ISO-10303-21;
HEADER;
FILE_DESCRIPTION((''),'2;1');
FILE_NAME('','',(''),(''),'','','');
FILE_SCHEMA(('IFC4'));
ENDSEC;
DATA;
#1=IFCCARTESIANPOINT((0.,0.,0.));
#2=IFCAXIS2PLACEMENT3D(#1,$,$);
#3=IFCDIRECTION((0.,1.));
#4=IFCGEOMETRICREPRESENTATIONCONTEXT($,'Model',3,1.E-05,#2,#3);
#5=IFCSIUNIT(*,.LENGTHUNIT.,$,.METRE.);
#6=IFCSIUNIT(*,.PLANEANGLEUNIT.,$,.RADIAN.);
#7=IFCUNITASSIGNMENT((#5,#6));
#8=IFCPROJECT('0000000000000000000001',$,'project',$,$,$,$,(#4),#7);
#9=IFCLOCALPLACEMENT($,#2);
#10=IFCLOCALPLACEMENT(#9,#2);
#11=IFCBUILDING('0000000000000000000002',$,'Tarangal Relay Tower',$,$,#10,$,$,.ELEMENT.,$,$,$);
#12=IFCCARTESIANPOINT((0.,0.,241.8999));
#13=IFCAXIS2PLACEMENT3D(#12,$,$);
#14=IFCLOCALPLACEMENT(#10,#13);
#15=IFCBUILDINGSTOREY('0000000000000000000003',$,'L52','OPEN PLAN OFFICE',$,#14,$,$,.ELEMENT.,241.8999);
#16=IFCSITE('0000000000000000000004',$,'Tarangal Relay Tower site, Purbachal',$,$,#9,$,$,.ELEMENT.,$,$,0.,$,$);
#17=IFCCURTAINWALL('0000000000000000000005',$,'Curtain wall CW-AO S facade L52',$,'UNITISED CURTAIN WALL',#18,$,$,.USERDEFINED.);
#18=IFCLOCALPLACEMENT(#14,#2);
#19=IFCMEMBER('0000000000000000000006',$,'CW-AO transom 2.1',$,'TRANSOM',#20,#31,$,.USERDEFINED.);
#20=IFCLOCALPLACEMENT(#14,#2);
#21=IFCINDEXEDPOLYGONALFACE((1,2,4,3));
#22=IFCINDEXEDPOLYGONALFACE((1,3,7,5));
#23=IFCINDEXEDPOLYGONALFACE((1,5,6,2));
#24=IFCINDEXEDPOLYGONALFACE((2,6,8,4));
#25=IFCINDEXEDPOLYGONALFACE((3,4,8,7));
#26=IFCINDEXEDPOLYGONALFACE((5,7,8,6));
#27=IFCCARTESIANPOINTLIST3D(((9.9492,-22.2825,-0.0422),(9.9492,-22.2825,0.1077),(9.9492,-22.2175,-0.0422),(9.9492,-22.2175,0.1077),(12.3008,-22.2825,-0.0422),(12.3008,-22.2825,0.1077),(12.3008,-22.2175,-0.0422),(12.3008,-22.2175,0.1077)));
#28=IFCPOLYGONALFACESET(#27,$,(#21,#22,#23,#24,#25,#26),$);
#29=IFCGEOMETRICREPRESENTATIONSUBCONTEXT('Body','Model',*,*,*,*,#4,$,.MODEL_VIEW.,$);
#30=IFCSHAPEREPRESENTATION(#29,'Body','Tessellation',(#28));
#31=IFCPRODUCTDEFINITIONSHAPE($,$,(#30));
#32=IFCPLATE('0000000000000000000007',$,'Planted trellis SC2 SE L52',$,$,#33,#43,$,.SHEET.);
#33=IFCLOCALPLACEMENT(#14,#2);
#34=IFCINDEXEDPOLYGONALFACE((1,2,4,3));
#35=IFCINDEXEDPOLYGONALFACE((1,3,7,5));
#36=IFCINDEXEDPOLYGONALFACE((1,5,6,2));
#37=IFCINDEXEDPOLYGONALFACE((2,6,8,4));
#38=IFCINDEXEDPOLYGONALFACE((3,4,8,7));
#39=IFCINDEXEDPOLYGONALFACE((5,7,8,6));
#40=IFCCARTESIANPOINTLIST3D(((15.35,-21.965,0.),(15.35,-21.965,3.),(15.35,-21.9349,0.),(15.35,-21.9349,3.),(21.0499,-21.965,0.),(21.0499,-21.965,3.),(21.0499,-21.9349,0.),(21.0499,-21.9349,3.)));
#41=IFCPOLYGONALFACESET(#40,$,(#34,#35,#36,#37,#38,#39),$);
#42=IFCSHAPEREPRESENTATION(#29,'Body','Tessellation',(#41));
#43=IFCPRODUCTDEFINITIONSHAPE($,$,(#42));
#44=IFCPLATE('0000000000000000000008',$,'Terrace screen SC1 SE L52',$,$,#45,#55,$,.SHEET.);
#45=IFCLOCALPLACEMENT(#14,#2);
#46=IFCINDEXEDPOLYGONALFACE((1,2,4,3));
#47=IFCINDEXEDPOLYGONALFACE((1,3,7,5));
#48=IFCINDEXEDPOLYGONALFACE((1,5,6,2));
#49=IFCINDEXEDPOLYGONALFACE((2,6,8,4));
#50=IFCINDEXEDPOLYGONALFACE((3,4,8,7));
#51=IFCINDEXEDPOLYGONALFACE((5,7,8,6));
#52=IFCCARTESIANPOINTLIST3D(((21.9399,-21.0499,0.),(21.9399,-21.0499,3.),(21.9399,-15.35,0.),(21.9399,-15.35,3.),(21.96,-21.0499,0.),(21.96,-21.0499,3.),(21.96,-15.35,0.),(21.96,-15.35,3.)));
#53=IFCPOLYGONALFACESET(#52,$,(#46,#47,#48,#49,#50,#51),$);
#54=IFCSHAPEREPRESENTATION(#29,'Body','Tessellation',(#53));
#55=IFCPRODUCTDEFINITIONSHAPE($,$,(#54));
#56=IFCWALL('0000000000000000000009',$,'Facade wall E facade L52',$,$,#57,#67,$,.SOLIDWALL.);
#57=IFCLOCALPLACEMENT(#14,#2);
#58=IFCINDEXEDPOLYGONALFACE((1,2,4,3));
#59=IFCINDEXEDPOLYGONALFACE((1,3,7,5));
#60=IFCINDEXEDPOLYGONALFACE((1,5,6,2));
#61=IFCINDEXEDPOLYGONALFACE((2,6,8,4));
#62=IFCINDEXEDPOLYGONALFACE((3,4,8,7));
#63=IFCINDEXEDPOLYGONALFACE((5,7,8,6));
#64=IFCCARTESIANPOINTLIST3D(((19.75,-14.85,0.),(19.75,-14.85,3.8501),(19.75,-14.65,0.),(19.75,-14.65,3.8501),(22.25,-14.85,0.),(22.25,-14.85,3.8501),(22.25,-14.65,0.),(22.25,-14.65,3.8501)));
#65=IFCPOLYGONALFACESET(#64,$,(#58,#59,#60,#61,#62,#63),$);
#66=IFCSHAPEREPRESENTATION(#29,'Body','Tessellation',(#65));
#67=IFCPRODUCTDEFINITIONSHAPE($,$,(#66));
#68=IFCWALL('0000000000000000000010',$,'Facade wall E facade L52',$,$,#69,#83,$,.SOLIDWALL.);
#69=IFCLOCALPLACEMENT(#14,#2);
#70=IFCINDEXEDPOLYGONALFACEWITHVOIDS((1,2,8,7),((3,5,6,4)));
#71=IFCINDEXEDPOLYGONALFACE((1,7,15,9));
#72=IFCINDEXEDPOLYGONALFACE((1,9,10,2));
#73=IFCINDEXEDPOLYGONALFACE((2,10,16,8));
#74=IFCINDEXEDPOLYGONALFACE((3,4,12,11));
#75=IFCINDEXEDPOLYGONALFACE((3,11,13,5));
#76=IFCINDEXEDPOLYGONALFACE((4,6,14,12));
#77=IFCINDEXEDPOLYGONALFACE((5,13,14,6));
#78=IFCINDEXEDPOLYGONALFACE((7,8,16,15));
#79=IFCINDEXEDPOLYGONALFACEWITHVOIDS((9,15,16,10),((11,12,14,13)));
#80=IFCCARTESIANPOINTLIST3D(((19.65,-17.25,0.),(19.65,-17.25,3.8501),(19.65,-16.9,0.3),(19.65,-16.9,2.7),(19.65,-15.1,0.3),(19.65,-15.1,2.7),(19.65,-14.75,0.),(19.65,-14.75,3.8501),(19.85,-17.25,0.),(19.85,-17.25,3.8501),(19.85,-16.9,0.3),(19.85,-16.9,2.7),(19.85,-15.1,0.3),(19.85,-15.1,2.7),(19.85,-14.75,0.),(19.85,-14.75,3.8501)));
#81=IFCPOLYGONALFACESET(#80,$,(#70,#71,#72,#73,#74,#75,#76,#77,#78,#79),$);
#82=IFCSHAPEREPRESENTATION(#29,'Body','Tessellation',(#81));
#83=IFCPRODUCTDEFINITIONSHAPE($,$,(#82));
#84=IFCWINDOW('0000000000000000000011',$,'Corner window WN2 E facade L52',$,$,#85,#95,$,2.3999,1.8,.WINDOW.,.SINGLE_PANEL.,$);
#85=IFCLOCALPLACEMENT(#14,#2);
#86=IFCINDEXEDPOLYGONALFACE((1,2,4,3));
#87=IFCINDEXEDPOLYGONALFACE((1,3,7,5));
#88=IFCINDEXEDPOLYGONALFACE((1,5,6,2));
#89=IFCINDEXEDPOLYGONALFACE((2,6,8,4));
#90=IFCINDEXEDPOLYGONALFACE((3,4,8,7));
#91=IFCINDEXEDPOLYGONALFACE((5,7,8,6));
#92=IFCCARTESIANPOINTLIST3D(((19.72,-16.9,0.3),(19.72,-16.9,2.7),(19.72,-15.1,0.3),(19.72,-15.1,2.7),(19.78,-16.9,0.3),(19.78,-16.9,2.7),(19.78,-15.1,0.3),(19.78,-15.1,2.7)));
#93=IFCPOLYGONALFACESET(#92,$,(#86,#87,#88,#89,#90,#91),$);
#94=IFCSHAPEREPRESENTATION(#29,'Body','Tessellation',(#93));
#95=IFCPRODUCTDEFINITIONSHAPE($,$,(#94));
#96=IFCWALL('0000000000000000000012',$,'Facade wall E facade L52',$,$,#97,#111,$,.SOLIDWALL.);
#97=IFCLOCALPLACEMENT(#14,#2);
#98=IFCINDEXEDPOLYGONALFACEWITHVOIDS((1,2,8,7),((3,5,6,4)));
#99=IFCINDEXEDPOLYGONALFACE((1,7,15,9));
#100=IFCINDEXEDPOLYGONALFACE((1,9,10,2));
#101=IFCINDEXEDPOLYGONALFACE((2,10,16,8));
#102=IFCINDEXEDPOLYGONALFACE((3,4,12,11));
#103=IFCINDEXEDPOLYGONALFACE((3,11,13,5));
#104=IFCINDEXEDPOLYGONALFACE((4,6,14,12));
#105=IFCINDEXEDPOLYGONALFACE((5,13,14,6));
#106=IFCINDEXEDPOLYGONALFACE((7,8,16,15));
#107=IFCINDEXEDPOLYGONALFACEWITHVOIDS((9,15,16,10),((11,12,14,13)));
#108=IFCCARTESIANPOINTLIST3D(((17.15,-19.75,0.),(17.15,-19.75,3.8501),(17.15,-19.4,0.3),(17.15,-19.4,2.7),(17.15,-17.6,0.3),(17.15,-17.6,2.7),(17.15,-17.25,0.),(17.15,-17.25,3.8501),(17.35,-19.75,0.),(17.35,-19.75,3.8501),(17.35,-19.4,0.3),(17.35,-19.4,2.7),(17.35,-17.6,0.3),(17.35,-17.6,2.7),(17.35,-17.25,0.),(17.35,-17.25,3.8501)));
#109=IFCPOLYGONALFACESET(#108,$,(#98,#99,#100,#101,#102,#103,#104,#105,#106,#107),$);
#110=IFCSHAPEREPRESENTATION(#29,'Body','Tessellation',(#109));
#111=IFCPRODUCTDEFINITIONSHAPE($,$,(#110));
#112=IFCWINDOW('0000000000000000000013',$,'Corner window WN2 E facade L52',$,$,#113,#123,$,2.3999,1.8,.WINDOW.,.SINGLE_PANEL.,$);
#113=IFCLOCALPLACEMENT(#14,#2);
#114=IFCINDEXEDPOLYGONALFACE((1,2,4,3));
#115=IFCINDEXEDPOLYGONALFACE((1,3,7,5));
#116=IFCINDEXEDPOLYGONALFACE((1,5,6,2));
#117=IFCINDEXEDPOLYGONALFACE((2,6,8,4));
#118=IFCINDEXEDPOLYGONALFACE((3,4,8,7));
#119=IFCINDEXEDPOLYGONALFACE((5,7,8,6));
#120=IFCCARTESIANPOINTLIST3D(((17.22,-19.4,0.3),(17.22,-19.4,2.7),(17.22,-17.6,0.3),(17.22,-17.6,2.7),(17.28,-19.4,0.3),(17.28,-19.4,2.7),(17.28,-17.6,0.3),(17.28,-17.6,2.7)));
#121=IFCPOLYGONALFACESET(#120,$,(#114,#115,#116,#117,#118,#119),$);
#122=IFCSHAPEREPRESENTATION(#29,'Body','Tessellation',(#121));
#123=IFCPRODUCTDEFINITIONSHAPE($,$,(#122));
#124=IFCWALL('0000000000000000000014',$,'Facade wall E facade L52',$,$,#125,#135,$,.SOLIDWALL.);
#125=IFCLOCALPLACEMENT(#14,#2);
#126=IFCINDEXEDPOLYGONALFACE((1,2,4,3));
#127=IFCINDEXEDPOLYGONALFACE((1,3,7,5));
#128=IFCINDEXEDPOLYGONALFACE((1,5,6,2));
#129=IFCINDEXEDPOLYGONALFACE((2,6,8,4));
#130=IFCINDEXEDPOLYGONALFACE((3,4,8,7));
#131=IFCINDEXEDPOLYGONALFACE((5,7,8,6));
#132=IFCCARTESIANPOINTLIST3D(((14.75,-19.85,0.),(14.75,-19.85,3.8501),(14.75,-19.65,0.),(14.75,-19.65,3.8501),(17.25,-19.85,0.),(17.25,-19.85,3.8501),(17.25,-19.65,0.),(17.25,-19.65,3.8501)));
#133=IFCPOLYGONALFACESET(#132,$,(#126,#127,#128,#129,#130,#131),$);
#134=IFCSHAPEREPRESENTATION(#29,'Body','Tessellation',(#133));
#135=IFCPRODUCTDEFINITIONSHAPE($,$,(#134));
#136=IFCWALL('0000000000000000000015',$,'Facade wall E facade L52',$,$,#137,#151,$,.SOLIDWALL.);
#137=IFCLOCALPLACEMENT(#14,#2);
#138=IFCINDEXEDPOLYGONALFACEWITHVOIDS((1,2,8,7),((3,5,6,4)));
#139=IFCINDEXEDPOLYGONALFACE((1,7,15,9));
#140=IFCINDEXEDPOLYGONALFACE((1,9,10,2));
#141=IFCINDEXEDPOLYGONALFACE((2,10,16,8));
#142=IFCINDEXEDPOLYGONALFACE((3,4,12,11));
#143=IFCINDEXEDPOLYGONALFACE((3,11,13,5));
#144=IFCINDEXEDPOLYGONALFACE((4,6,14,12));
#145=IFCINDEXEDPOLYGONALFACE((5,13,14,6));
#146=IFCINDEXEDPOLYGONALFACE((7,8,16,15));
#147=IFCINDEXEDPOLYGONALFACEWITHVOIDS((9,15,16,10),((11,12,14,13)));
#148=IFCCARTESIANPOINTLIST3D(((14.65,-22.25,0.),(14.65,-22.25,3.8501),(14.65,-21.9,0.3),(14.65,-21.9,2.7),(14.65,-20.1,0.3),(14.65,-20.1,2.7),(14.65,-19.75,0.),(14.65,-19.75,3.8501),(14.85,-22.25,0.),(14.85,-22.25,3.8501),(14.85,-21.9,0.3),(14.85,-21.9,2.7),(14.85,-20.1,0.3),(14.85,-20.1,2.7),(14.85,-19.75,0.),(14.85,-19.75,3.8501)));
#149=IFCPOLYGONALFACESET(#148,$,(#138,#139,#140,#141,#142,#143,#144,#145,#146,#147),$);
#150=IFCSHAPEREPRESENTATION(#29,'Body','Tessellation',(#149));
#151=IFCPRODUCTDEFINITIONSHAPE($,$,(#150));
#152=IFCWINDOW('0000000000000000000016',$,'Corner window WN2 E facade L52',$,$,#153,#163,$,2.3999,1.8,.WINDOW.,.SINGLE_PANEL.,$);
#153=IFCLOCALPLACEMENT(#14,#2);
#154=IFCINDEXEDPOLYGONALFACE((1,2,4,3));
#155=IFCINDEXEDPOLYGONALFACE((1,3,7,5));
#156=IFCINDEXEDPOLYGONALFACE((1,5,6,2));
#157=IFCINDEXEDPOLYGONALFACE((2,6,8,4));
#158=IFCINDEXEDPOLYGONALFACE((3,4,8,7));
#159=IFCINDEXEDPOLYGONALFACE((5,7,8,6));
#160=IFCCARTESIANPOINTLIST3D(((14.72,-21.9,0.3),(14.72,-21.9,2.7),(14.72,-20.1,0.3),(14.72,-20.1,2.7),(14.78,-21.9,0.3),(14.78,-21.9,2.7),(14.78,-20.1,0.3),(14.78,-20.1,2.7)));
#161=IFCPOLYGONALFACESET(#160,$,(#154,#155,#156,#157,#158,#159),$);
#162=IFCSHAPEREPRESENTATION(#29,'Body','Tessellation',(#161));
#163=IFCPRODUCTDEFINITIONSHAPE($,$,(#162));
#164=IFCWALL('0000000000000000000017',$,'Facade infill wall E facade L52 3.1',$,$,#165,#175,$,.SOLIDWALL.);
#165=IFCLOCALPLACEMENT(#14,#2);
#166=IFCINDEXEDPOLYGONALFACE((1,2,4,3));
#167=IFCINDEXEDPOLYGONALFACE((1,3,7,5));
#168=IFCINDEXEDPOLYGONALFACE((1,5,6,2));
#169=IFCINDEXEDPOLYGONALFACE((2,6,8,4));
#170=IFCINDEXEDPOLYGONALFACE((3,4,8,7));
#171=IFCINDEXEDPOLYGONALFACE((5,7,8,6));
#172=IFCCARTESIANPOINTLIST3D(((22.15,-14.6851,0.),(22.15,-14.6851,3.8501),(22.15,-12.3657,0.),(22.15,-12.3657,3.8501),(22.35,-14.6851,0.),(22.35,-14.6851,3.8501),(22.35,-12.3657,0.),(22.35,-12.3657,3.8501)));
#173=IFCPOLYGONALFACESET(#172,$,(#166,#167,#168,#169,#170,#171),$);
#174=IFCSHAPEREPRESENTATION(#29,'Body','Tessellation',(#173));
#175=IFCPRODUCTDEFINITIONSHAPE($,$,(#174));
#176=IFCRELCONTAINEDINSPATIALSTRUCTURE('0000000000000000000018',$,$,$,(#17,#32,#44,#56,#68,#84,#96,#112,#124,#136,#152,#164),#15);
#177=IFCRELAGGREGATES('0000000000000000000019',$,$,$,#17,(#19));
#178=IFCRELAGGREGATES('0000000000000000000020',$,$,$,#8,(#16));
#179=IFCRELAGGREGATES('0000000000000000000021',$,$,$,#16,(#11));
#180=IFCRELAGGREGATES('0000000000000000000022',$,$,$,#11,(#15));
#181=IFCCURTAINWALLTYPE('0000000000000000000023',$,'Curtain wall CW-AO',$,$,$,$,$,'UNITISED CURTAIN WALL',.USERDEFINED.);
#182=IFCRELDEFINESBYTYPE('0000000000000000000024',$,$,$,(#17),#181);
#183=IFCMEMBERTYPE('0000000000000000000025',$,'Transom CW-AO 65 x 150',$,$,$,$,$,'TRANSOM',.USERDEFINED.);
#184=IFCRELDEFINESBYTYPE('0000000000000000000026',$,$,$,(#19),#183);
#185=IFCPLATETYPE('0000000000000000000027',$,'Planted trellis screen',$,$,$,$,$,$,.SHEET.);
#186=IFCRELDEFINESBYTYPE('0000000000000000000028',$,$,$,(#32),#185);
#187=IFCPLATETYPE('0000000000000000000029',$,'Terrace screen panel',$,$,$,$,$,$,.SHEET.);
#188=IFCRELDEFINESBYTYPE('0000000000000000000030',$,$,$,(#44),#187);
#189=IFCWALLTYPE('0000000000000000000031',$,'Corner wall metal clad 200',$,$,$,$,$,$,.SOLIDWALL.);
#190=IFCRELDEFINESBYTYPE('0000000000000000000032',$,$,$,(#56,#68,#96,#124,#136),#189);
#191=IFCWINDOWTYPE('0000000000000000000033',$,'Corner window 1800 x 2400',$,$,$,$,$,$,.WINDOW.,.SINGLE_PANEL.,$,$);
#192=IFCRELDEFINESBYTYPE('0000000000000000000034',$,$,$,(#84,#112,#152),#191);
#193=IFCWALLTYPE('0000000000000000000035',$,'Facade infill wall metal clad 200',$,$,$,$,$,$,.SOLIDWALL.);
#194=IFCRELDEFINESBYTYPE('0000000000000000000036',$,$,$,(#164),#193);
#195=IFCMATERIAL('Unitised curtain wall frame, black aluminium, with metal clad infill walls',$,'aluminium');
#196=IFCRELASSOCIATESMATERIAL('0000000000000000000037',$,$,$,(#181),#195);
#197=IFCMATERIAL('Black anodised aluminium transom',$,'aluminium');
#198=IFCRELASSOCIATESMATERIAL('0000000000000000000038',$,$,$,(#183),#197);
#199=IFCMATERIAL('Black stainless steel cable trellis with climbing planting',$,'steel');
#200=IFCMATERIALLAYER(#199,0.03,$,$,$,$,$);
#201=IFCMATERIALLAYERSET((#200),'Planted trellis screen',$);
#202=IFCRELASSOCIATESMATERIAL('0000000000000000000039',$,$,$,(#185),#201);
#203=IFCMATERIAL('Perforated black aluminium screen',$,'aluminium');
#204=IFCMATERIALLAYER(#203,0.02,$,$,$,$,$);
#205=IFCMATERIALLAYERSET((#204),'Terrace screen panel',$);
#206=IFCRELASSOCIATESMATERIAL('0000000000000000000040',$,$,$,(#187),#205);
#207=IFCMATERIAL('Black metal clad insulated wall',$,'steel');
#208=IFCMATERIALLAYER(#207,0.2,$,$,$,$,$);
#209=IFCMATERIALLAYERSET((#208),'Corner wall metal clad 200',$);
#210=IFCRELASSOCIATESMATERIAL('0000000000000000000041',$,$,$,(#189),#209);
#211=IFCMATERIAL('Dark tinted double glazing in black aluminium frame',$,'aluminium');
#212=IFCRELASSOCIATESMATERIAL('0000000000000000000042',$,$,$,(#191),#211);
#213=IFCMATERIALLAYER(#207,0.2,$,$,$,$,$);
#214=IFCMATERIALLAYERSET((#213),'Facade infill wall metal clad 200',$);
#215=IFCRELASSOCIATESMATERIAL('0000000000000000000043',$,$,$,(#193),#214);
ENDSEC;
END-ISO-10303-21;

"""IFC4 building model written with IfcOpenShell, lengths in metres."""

from ifc_helpers import new_model, si_unit, direction, frame, frame_2d, origin, origin_2d, place, context, subcontext, project, spatial, rectangle, extrude, material, layer, layer_set, material_profile, profile_set, type_object, element, fill, aggregate, save


model = new_model("IFC4")

# Units and contexts
model_context = context("Model", 3, precision=1e-05, world=origin(), true_north=direction((0.0, 1.0)))
body_context = subcontext(model_context, "Body", "Model", "MODEL_VIEW")
ifc_project = project(units=[si_unit("LENGTHUNIT", "METRE"), si_unit("PLANEANGLEUNIT", "RADIAN")], contexts=[model_context])

# Site, building, storey
site_placement = place(None, origin())
site = spatial("IfcSite", under=ifc_project, at=site_placement, Name="Tarangal Relay Tower site, Purbachal", CompositionType="ELEMENT", RefElevation=0.0)
building_placement = place(site_placement, origin())
building = spatial("IfcBuilding", under=site, at=building_placement, Name="Tarangal Relay Tower", CompositionType="ELEMENT")
storey_placement = place(building_placement, frame((0.0, 0.0, 241.8999)))
storey = spatial("IfcBuildingStorey", under=building, at=storey_placement, Name="L52", Description="OPEN PLAN OFFICE", CompositionType="ELEMENT", Elevation=241.8999)

# Curtain wall
ifc_material_1 = material(Name="Unitised curtain wall frame, black aluminium, with metal clad infill walls", Category="aluminium")
curtain_wall_type = type_object("IfcCurtainWallType", Name="Curtain wall CW-AO", ElementType="UNITISED CURTAIN WALL", PredefinedType="USERDEFINED", material=ifc_material_1)
curtain_wall_1_placement = place(storey_placement, origin())
curtain_wall_1 = element("IfcCurtainWall", 1, at=curtain_wall_1_placement, inside=storey, type_object=curtain_wall_type, Name="Curtain wall CW-AO S facade L52", ObjectType="UNITISED CURTAIN WALL", PredefinedType="USERDEFINED")

# Member
ifc_material_2 = material(Name="Black anodised aluminium transom", Category="aluminium")
ifc_material_profile_1 = material_profile(ifc_material_2, rectangle(XDim=0.0649, YDim=0.1499, at=origin_2d()), Name="CW-AOT 65X150")
ifc_profile_set_1 = profile_set([ifc_material_profile_1], Name="Black anodised aluminium transom")
member_type_1 = type_object("IfcMemberType", Name="Transom CW-AO 65 x 150", ElementType="TRANSOM", PredefinedType="USERDEFINED", material=ifc_profile_set_1)
member_1_placement = place(storey_placement, frame((12.3008, -22.25, 0.0327), z_axis=(-1.0, 0.0, 0.0), x_axis=(0.0, -1.0, 0.0)))
member_1 = element("IfcMember", 2, at=member_1_placement, type_object=member_type_1, Name="CW-AO transom 2.1", ObjectType="TRANSOM", PredefinedType="USERDEFINED", context=body_context, shape_type="SweptSolid", body=[
    extrude(rectangle(XDim=0.0649, YDim=0.1499, at=origin_2d()), origin(), (0.0, 0.0, 1.0), 2.3516),
])
aggregate(curtain_wall_1, [member_1])

# Plates
ifc_material_3 = material(Name="Black stainless steel cable trellis with climbing planting", Category="steel")
ifc_layer_1 = layer(ifc_material_3, 0.03)
ifc_layer_set_1 = layer_set([ifc_layer_1], Name="Planted trellis screen")
plate_type_1 = type_object("IfcPlateType", Name="Planted trellis screen", PredefinedType="SHEET", material=ifc_layer_set_1)
plate_1_placement = place(storey_placement, frame((18.2, -21.95, 0.0), z_axis=(0.0, 0.0, 1.0), x_axis=(-1.0, 0.0, 0.0)))
element("IfcPlate", 3, at=plate_1_placement, inside=storey, type_object=plate_type_1, Name="Planted trellis SC2 SE L52", PredefinedType="SHEET", context=body_context, shape_type="SweptSolid", body=[
    extrude(rectangle(XDim=5.7, YDim=0.03, at=origin_2d()), origin(), (0.0, 0.0, 1.0), 3.0),
])
ifc_material_4 = material(Name="Perforated black aluminium screen", Category="aluminium")
ifc_layer_2 = layer(ifc_material_4, 0.02)
ifc_layer_set_2 = layer_set([ifc_layer_2], Name="Terrace screen panel")
plate_type_2 = type_object("IfcPlateType", Name="Terrace screen panel", PredefinedType="SHEET", material=ifc_layer_set_2)
plate_2_placement = place(storey_placement, frame((21.95, -18.2, 0.0), z_axis=(0.0, 0.0, 1.0), x_axis=(0.0, -1.0, 0.0)))
element("IfcPlate", 4, at=plate_2_placement, inside=storey, type_object=plate_type_2, Name="Terrace screen SC1 SE L52", PredefinedType="SHEET", context=body_context, shape_type="SweptSolid", body=[
    extrude(rectangle(XDim=5.7, YDim=0.02, at=origin_2d()), origin(), (0.0, 0.0, 1.0), 3.0),
])

# Wall
ifc_material_5 = material(Name="Black metal clad insulated wall", Category="steel")
ifc_layer_3 = layer(ifc_material_5, 0.2)
ifc_layer_set_3 = layer_set([ifc_layer_3], Name="Corner wall metal clad 200")
wall_type_1 = type_object("IfcWallType", Name="Corner wall metal clad 200", PredefinedType="SOLIDWALL", material=ifc_layer_set_3)
wall_1_placement = place(storey_placement, frame((22.25, -14.75, 0.0), z_axis=(0.0, 0.0, 1.0), x_axis=(-1.0, 0.0, 0.0)))
element("IfcWall", 5, at=wall_1_placement, inside=storey, type_object=wall_type_1, Name="Facade wall E facade L52", PredefinedType="SOLIDWALL", context=body_context, shape_type="SweptSolid", body=[
    extrude(rectangle(XDim=2.5, YDim=0.2, at=frame_2d((1.25, 0.0))), origin(), (0.0, 0.0, 1.0), 3.8501),
])

# Wall, opening, window
wall_2_placement = place(storey_placement, frame((19.75, -14.75, 0.0), z_axis=(0.0, 0.0, 1.0), x_axis=(0.0, -1.0, 0.0)))
wall_2 = element("IfcWall", 6, at=wall_2_placement, inside=storey, type_object=wall_type_1, Name="Facade wall E facade L52", PredefinedType="SOLIDWALL", context=body_context, shape_type="SweptSolid", body=[
    extrude(rectangle(XDim=2.5, YDim=0.2, at=frame_2d((1.25, 0.0))), origin(), (0.0, 0.0, 1.0), 3.8501),
])
opening_1_placement = place(wall_2_placement, frame((0.3501, 0.0, 0.3)))
opening_1 = element("IfcOpeningElement", 7, at=opening_1_placement, cuts=wall_2, PredefinedType="OPENING", context=body_context, shape_type="SweptSolid", body=[
    extrude(rectangle(XDim=1.8, YDim=2.3999, at=frame_2d((0.8999, 1.2))), frame((0.0, 0.1099, 0.0), z_axis=(0.0, -1.0, 0.0), x_axis=(1.0, 0.0, 0.0)), (0.0, 0.0, 1.0), 0.22),
])
ifc_material_6 = material(Name="Dark tinted double glazing in black aluminium frame", Category="aluminium")
window_type = type_object("IfcWindowType", Name="Corner window 1800 x 2400", PartitioningType="SINGLE_PANEL", PredefinedType="WINDOW", material=ifc_material_6)
window_1_placement = place(opening_1_placement, origin())
window_1 = element("IfcWindow", 8, at=window_1_placement, inside=storey, type_object=window_type, Name="Corner window WN2 E facade L52", OverallHeight=2.3999, OverallWidth=1.8, PartitioningType="SINGLE_PANEL", PredefinedType="WINDOW", context=body_context, shape_type="SweptSolid", body=[
    extrude(rectangle(XDim=1.8, YDim=2.3999, at=frame_2d((0.8999, 1.2))), frame((0.0, 0.03, 0.0), z_axis=(0.0, -1.0, 0.0), x_axis=(1.0, 0.0, 0.0)), (0.0, 0.0, 1.0), 0.0601),
])
fill(opening_1, window_1)

# Wall, opening, window
wall_3_placement = place(storey_placement, frame((17.25, -17.25, 0.0), z_axis=(0.0, 0.0, 1.0), x_axis=(0.0, -1.0, 0.0)))
wall_3 = element("IfcWall", 9, at=wall_3_placement, inside=storey, type_object=wall_type_1, Name="Facade wall E facade L52", PredefinedType="SOLIDWALL", context=body_context, shape_type="SweptSolid", body=[
    extrude(rectangle(XDim=2.5, YDim=0.2, at=frame_2d((1.25, 0.0))), origin(), (0.0, 0.0, 1.0), 3.8501),
])
opening_2_placement = place(wall_3_placement, frame((0.3501, 0.0, 0.3)))
opening_2 = element("IfcOpeningElement", 10, at=opening_2_placement, cuts=wall_3, PredefinedType="OPENING", context=body_context, shape_type="SweptSolid", body=[
    extrude(rectangle(XDim=1.8, YDim=2.3999, at=frame_2d((0.8999, 1.2))), frame((0.0, 0.1099, 0.0), z_axis=(0.0, -1.0, 0.0), x_axis=(1.0, 0.0, 0.0)), (0.0, 0.0, 1.0), 0.22),
])
window_2_placement = place(opening_2_placement, origin())
window_2 = element("IfcWindow", 11, at=window_2_placement, inside=storey, type_object=window_type, Name="Corner window WN2 E facade L52", OverallHeight=2.3999, OverallWidth=1.8, PartitioningType="SINGLE_PANEL", PredefinedType="WINDOW", context=body_context, shape_type="SweptSolid", body=[
    extrude(rectangle(XDim=1.8, YDim=2.3999, at=frame_2d((0.8999, 1.2))), frame((0.0, 0.03, 0.0), z_axis=(0.0, -1.0, 0.0), x_axis=(1.0, 0.0, 0.0)), (0.0, 0.0, 1.0), 0.0601),
])
fill(opening_2, window_2)

# Wall
wall_4_placement = place(storey_placement, frame((17.25, -19.75, 0.0), z_axis=(0.0, 0.0, 1.0), x_axis=(-1.0, 0.0, 0.0)))
element("IfcWall", 12, at=wall_4_placement, inside=storey, type_object=wall_type_1, Name="Facade wall E facade L52", PredefinedType="SOLIDWALL", context=body_context, shape_type="SweptSolid", body=[
    extrude(rectangle(XDim=2.5, YDim=0.2, at=frame_2d((1.25, 0.0))), origin(), (0.0, 0.0, 1.0), 3.8501),
])

# Wall, opening, window
wall_5_placement = place(storey_placement, frame((14.75, -19.75, 0.0), z_axis=(0.0, 0.0, 1.0), x_axis=(0.0, -1.0, 0.0)))
wall_5 = element("IfcWall", 13, at=wall_5_placement, inside=storey, type_object=wall_type_1, Name="Facade wall E facade L52", PredefinedType="SOLIDWALL", context=body_context, shape_type="SweptSolid", body=[
    extrude(rectangle(XDim=2.5, YDim=0.2, at=frame_2d((1.25, 0.0))), origin(), (0.0, 0.0, 1.0), 3.8501),
])
opening_3_placement = place(wall_5_placement, frame((0.3501, 0.0, 0.3)))
opening_3 = element("IfcOpeningElement", 14, at=opening_3_placement, cuts=wall_5, PredefinedType="OPENING", context=body_context, shape_type="SweptSolid", body=[
    extrude(rectangle(XDim=1.8, YDim=2.3999, at=frame_2d((0.8999, 1.2))), frame((0.0, 0.1099, 0.0), z_axis=(0.0, -1.0, 0.0), x_axis=(1.0, 0.0, 0.0)), (0.0, 0.0, 1.0), 0.22),
])
window_3_placement = place(opening_3_placement, origin())
window_3 = element("IfcWindow", 15, at=window_3_placement, inside=storey, type_object=window_type, Name="Corner window WN2 E facade L52", OverallHeight=2.3999, OverallWidth=1.8, PartitioningType="SINGLE_PANEL", PredefinedType="WINDOW", context=body_context, shape_type="SweptSolid", body=[
    extrude(rectangle(XDim=1.8, YDim=2.3999, at=frame_2d((0.8999, 1.2))), frame((0.0, 0.03, 0.0), z_axis=(0.0, -1.0, 0.0), x_axis=(1.0, 0.0, 0.0)), (0.0, 0.0, 1.0), 0.0601),
])
fill(opening_3, window_3)

# Wall
ifc_layer_4 = layer(ifc_material_5, 0.2)
ifc_layer_set_4 = layer_set([ifc_layer_4], Name="Facade infill wall metal clad 200")
wall_type_2 = type_object("IfcWallType", Name="Facade infill wall metal clad 200", PredefinedType="SOLIDWALL", material=ifc_layer_set_4)
for number, where, z_axis, x_axis, name in (
    (16, (22.25, -12.3657, 0.0), (0.0, 0.0, 1.0), (0.0, -1.0, 0.0), "Facade infill wall E facade L52 3.1"),
):
    element("IfcWall", number, at=place(storey_placement, frame(where, z_axis=z_axis, x_axis=x_axis)), inside=storey, type_object=wall_type_2, Name=name, PredefinedType="SOLIDWALL", context=body_context, shape_type="SweptSolid", body=[
        extrude(rectangle(XDim=2.3193, YDim=0.2, at=frame_2d((1.1597, 0.0))), origin(), (0.0, 0.0, 1.0), 3.8501),
    ])

save(model, "model.ifc")
